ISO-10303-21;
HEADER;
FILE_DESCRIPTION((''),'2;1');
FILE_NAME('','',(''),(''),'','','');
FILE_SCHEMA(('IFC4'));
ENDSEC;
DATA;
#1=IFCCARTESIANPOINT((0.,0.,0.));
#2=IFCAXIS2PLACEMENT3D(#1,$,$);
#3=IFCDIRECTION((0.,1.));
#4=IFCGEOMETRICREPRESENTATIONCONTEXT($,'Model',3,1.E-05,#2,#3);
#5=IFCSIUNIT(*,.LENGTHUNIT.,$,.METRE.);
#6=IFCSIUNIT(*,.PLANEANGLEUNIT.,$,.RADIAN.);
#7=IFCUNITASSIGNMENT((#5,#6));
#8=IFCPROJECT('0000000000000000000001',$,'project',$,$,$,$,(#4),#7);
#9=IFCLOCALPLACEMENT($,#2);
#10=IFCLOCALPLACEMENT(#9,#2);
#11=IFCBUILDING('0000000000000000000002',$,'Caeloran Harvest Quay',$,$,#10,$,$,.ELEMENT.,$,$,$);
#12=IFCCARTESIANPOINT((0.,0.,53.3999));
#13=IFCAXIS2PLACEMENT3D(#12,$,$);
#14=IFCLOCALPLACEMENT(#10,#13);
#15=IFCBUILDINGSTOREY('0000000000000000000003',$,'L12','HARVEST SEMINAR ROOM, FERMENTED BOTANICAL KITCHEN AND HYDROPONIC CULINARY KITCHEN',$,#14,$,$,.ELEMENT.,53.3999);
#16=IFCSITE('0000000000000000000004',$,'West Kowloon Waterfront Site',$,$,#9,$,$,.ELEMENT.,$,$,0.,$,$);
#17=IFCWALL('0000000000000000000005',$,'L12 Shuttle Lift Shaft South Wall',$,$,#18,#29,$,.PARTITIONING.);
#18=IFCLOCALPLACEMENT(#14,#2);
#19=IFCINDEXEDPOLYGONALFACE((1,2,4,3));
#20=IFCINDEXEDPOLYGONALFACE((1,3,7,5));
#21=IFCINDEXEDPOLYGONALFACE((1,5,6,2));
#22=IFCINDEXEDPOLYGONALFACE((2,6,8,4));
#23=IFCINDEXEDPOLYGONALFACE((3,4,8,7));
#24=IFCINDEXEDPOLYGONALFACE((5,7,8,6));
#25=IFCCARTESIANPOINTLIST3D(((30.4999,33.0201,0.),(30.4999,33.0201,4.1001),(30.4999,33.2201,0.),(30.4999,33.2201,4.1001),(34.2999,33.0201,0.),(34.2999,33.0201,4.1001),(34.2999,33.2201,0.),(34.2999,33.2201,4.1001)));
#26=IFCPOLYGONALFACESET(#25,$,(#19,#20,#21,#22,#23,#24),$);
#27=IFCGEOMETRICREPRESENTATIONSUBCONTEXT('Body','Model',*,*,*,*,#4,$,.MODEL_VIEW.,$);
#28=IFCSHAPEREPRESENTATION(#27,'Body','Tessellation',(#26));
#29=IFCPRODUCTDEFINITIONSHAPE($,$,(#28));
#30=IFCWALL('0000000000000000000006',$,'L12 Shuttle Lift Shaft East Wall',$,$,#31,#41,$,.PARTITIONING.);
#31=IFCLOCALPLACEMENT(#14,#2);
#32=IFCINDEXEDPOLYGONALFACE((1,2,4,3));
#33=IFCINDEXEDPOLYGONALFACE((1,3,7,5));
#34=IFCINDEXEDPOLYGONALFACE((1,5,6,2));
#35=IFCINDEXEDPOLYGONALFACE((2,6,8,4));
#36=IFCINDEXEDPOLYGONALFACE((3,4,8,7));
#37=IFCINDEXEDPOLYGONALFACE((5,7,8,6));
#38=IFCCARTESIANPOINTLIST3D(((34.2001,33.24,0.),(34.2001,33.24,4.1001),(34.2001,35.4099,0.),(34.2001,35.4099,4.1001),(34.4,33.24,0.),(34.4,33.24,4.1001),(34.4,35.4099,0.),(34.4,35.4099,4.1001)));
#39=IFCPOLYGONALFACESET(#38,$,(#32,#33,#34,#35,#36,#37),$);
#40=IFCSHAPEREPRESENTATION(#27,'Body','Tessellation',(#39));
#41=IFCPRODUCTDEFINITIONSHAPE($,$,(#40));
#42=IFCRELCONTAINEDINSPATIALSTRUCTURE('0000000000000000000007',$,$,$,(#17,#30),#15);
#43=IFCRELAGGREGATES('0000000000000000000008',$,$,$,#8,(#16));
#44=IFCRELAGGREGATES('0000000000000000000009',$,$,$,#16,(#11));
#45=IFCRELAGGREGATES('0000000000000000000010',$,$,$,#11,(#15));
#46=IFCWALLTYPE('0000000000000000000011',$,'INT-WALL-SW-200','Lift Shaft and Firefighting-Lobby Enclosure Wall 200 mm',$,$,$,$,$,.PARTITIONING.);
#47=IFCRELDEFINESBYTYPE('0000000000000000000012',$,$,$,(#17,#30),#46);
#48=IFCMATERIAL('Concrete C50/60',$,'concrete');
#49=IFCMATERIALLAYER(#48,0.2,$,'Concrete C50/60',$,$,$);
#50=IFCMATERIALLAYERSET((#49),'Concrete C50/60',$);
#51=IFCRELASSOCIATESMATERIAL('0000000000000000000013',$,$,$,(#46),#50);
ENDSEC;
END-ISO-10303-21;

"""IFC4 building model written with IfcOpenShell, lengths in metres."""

from ifc_helpers import new_model, si_unit, direction, frame, frame_2d, origin, place, context, subcontext, project, spatial, rectangle, extrude, material, layer, layer_set, type_object, element, save


model = new_model("IFC4")

# Units and contexts
model_context = context("Model", 3, precision=1e-05, world=origin(), true_north=direction((0.0, 1.0)))
body_context = subcontext(model_context, "Body", "Model", "MODEL_VIEW")
ifc_project = project(units=[si_unit("LENGTHUNIT", "METRE"), si_unit("PLANEANGLEUNIT", "RADIAN")], contexts=[model_context])

# Site, building, storey
site_placement = place(None, origin())
site = spatial("IfcSite", under=ifc_project, at=site_placement, Name="West Kowloon Waterfront Site", CompositionType="ELEMENT", RefElevation=0.0)
building_placement = place(site_placement, origin())
building = spatial("IfcBuilding", under=site, at=building_placement, Name="Caeloran Harvest Quay", CompositionType="ELEMENT")
storey_placement = place(building_placement, frame((0.0, 0.0, 53.3999)))
storey = spatial("IfcBuildingStorey", under=building, at=storey_placement, Name="L12", Description="HARVEST SEMINAR ROOM, FERMENTED BOTANICAL KITCHEN AND HYDROPONIC CULINARY KITCHEN", CompositionType="ELEMENT", Elevation=53.3999)

# Walls
ifc_material_1 = material(Name="Concrete C50/60", Category="concrete")
ifc_layer_1 = layer(ifc_material_1, 0.2, Name="Concrete C50/60")
ifc_layer_set_1 = layer_set([ifc_layer_1], Name="Concrete C50/60")
wall_type_1 = type_object("IfcWallType", Name="INT-WALL-SW-200", Description="Lift Shaft and Firefighting-Lobby Enclosure Wall 200 mm", PredefinedType="PARTITIONING", material=ifc_layer_set_1)
for number, where, z_axis, x_axis, name in (
    (1, (30.5, 33.1201, 0.0), (0.0, 0.0, 1.0), (1.0, 0.0, 0.0), "L12 Shuttle Lift Shaft South Wall"),
):
    element("IfcWall", number, at=place(storey_placement, frame(where, z_axis=z_axis, x_axis=x_axis)), inside=storey, type_object=wall_type_1, Name=name, PredefinedType="PARTITIONING", context=body_context, shape_type="SweptSolid", body=[
        extrude(rectangle(XDim=3.8, YDim=0.2, at=frame_2d((1.8999, 0.0))), origin(), (0.0, 0.0, 1.0), 4.1001),
    ])
wall_1_placement = place(storey_placement, frame((34.3, 33.24, 0.0), z_axis=(0.0, 0.0, 1.0), x_axis=(0.0, 1.0, 0.0)))
element("IfcWall", 2, at=wall_1_placement, inside=storey, type_object=wall_type_1, Name="L12 Shuttle Lift Shaft East Wall", PredefinedType="PARTITIONING", context=body_context, shape_type="SweptSolid", body=[
    extrude(rectangle(XDim=2.1699, YDim=0.2, at=frame_2d((1.085, 0.0))), origin(), (0.0, 0.0, 1.0), 4.1001),
])

save(model, "model.ifc")
